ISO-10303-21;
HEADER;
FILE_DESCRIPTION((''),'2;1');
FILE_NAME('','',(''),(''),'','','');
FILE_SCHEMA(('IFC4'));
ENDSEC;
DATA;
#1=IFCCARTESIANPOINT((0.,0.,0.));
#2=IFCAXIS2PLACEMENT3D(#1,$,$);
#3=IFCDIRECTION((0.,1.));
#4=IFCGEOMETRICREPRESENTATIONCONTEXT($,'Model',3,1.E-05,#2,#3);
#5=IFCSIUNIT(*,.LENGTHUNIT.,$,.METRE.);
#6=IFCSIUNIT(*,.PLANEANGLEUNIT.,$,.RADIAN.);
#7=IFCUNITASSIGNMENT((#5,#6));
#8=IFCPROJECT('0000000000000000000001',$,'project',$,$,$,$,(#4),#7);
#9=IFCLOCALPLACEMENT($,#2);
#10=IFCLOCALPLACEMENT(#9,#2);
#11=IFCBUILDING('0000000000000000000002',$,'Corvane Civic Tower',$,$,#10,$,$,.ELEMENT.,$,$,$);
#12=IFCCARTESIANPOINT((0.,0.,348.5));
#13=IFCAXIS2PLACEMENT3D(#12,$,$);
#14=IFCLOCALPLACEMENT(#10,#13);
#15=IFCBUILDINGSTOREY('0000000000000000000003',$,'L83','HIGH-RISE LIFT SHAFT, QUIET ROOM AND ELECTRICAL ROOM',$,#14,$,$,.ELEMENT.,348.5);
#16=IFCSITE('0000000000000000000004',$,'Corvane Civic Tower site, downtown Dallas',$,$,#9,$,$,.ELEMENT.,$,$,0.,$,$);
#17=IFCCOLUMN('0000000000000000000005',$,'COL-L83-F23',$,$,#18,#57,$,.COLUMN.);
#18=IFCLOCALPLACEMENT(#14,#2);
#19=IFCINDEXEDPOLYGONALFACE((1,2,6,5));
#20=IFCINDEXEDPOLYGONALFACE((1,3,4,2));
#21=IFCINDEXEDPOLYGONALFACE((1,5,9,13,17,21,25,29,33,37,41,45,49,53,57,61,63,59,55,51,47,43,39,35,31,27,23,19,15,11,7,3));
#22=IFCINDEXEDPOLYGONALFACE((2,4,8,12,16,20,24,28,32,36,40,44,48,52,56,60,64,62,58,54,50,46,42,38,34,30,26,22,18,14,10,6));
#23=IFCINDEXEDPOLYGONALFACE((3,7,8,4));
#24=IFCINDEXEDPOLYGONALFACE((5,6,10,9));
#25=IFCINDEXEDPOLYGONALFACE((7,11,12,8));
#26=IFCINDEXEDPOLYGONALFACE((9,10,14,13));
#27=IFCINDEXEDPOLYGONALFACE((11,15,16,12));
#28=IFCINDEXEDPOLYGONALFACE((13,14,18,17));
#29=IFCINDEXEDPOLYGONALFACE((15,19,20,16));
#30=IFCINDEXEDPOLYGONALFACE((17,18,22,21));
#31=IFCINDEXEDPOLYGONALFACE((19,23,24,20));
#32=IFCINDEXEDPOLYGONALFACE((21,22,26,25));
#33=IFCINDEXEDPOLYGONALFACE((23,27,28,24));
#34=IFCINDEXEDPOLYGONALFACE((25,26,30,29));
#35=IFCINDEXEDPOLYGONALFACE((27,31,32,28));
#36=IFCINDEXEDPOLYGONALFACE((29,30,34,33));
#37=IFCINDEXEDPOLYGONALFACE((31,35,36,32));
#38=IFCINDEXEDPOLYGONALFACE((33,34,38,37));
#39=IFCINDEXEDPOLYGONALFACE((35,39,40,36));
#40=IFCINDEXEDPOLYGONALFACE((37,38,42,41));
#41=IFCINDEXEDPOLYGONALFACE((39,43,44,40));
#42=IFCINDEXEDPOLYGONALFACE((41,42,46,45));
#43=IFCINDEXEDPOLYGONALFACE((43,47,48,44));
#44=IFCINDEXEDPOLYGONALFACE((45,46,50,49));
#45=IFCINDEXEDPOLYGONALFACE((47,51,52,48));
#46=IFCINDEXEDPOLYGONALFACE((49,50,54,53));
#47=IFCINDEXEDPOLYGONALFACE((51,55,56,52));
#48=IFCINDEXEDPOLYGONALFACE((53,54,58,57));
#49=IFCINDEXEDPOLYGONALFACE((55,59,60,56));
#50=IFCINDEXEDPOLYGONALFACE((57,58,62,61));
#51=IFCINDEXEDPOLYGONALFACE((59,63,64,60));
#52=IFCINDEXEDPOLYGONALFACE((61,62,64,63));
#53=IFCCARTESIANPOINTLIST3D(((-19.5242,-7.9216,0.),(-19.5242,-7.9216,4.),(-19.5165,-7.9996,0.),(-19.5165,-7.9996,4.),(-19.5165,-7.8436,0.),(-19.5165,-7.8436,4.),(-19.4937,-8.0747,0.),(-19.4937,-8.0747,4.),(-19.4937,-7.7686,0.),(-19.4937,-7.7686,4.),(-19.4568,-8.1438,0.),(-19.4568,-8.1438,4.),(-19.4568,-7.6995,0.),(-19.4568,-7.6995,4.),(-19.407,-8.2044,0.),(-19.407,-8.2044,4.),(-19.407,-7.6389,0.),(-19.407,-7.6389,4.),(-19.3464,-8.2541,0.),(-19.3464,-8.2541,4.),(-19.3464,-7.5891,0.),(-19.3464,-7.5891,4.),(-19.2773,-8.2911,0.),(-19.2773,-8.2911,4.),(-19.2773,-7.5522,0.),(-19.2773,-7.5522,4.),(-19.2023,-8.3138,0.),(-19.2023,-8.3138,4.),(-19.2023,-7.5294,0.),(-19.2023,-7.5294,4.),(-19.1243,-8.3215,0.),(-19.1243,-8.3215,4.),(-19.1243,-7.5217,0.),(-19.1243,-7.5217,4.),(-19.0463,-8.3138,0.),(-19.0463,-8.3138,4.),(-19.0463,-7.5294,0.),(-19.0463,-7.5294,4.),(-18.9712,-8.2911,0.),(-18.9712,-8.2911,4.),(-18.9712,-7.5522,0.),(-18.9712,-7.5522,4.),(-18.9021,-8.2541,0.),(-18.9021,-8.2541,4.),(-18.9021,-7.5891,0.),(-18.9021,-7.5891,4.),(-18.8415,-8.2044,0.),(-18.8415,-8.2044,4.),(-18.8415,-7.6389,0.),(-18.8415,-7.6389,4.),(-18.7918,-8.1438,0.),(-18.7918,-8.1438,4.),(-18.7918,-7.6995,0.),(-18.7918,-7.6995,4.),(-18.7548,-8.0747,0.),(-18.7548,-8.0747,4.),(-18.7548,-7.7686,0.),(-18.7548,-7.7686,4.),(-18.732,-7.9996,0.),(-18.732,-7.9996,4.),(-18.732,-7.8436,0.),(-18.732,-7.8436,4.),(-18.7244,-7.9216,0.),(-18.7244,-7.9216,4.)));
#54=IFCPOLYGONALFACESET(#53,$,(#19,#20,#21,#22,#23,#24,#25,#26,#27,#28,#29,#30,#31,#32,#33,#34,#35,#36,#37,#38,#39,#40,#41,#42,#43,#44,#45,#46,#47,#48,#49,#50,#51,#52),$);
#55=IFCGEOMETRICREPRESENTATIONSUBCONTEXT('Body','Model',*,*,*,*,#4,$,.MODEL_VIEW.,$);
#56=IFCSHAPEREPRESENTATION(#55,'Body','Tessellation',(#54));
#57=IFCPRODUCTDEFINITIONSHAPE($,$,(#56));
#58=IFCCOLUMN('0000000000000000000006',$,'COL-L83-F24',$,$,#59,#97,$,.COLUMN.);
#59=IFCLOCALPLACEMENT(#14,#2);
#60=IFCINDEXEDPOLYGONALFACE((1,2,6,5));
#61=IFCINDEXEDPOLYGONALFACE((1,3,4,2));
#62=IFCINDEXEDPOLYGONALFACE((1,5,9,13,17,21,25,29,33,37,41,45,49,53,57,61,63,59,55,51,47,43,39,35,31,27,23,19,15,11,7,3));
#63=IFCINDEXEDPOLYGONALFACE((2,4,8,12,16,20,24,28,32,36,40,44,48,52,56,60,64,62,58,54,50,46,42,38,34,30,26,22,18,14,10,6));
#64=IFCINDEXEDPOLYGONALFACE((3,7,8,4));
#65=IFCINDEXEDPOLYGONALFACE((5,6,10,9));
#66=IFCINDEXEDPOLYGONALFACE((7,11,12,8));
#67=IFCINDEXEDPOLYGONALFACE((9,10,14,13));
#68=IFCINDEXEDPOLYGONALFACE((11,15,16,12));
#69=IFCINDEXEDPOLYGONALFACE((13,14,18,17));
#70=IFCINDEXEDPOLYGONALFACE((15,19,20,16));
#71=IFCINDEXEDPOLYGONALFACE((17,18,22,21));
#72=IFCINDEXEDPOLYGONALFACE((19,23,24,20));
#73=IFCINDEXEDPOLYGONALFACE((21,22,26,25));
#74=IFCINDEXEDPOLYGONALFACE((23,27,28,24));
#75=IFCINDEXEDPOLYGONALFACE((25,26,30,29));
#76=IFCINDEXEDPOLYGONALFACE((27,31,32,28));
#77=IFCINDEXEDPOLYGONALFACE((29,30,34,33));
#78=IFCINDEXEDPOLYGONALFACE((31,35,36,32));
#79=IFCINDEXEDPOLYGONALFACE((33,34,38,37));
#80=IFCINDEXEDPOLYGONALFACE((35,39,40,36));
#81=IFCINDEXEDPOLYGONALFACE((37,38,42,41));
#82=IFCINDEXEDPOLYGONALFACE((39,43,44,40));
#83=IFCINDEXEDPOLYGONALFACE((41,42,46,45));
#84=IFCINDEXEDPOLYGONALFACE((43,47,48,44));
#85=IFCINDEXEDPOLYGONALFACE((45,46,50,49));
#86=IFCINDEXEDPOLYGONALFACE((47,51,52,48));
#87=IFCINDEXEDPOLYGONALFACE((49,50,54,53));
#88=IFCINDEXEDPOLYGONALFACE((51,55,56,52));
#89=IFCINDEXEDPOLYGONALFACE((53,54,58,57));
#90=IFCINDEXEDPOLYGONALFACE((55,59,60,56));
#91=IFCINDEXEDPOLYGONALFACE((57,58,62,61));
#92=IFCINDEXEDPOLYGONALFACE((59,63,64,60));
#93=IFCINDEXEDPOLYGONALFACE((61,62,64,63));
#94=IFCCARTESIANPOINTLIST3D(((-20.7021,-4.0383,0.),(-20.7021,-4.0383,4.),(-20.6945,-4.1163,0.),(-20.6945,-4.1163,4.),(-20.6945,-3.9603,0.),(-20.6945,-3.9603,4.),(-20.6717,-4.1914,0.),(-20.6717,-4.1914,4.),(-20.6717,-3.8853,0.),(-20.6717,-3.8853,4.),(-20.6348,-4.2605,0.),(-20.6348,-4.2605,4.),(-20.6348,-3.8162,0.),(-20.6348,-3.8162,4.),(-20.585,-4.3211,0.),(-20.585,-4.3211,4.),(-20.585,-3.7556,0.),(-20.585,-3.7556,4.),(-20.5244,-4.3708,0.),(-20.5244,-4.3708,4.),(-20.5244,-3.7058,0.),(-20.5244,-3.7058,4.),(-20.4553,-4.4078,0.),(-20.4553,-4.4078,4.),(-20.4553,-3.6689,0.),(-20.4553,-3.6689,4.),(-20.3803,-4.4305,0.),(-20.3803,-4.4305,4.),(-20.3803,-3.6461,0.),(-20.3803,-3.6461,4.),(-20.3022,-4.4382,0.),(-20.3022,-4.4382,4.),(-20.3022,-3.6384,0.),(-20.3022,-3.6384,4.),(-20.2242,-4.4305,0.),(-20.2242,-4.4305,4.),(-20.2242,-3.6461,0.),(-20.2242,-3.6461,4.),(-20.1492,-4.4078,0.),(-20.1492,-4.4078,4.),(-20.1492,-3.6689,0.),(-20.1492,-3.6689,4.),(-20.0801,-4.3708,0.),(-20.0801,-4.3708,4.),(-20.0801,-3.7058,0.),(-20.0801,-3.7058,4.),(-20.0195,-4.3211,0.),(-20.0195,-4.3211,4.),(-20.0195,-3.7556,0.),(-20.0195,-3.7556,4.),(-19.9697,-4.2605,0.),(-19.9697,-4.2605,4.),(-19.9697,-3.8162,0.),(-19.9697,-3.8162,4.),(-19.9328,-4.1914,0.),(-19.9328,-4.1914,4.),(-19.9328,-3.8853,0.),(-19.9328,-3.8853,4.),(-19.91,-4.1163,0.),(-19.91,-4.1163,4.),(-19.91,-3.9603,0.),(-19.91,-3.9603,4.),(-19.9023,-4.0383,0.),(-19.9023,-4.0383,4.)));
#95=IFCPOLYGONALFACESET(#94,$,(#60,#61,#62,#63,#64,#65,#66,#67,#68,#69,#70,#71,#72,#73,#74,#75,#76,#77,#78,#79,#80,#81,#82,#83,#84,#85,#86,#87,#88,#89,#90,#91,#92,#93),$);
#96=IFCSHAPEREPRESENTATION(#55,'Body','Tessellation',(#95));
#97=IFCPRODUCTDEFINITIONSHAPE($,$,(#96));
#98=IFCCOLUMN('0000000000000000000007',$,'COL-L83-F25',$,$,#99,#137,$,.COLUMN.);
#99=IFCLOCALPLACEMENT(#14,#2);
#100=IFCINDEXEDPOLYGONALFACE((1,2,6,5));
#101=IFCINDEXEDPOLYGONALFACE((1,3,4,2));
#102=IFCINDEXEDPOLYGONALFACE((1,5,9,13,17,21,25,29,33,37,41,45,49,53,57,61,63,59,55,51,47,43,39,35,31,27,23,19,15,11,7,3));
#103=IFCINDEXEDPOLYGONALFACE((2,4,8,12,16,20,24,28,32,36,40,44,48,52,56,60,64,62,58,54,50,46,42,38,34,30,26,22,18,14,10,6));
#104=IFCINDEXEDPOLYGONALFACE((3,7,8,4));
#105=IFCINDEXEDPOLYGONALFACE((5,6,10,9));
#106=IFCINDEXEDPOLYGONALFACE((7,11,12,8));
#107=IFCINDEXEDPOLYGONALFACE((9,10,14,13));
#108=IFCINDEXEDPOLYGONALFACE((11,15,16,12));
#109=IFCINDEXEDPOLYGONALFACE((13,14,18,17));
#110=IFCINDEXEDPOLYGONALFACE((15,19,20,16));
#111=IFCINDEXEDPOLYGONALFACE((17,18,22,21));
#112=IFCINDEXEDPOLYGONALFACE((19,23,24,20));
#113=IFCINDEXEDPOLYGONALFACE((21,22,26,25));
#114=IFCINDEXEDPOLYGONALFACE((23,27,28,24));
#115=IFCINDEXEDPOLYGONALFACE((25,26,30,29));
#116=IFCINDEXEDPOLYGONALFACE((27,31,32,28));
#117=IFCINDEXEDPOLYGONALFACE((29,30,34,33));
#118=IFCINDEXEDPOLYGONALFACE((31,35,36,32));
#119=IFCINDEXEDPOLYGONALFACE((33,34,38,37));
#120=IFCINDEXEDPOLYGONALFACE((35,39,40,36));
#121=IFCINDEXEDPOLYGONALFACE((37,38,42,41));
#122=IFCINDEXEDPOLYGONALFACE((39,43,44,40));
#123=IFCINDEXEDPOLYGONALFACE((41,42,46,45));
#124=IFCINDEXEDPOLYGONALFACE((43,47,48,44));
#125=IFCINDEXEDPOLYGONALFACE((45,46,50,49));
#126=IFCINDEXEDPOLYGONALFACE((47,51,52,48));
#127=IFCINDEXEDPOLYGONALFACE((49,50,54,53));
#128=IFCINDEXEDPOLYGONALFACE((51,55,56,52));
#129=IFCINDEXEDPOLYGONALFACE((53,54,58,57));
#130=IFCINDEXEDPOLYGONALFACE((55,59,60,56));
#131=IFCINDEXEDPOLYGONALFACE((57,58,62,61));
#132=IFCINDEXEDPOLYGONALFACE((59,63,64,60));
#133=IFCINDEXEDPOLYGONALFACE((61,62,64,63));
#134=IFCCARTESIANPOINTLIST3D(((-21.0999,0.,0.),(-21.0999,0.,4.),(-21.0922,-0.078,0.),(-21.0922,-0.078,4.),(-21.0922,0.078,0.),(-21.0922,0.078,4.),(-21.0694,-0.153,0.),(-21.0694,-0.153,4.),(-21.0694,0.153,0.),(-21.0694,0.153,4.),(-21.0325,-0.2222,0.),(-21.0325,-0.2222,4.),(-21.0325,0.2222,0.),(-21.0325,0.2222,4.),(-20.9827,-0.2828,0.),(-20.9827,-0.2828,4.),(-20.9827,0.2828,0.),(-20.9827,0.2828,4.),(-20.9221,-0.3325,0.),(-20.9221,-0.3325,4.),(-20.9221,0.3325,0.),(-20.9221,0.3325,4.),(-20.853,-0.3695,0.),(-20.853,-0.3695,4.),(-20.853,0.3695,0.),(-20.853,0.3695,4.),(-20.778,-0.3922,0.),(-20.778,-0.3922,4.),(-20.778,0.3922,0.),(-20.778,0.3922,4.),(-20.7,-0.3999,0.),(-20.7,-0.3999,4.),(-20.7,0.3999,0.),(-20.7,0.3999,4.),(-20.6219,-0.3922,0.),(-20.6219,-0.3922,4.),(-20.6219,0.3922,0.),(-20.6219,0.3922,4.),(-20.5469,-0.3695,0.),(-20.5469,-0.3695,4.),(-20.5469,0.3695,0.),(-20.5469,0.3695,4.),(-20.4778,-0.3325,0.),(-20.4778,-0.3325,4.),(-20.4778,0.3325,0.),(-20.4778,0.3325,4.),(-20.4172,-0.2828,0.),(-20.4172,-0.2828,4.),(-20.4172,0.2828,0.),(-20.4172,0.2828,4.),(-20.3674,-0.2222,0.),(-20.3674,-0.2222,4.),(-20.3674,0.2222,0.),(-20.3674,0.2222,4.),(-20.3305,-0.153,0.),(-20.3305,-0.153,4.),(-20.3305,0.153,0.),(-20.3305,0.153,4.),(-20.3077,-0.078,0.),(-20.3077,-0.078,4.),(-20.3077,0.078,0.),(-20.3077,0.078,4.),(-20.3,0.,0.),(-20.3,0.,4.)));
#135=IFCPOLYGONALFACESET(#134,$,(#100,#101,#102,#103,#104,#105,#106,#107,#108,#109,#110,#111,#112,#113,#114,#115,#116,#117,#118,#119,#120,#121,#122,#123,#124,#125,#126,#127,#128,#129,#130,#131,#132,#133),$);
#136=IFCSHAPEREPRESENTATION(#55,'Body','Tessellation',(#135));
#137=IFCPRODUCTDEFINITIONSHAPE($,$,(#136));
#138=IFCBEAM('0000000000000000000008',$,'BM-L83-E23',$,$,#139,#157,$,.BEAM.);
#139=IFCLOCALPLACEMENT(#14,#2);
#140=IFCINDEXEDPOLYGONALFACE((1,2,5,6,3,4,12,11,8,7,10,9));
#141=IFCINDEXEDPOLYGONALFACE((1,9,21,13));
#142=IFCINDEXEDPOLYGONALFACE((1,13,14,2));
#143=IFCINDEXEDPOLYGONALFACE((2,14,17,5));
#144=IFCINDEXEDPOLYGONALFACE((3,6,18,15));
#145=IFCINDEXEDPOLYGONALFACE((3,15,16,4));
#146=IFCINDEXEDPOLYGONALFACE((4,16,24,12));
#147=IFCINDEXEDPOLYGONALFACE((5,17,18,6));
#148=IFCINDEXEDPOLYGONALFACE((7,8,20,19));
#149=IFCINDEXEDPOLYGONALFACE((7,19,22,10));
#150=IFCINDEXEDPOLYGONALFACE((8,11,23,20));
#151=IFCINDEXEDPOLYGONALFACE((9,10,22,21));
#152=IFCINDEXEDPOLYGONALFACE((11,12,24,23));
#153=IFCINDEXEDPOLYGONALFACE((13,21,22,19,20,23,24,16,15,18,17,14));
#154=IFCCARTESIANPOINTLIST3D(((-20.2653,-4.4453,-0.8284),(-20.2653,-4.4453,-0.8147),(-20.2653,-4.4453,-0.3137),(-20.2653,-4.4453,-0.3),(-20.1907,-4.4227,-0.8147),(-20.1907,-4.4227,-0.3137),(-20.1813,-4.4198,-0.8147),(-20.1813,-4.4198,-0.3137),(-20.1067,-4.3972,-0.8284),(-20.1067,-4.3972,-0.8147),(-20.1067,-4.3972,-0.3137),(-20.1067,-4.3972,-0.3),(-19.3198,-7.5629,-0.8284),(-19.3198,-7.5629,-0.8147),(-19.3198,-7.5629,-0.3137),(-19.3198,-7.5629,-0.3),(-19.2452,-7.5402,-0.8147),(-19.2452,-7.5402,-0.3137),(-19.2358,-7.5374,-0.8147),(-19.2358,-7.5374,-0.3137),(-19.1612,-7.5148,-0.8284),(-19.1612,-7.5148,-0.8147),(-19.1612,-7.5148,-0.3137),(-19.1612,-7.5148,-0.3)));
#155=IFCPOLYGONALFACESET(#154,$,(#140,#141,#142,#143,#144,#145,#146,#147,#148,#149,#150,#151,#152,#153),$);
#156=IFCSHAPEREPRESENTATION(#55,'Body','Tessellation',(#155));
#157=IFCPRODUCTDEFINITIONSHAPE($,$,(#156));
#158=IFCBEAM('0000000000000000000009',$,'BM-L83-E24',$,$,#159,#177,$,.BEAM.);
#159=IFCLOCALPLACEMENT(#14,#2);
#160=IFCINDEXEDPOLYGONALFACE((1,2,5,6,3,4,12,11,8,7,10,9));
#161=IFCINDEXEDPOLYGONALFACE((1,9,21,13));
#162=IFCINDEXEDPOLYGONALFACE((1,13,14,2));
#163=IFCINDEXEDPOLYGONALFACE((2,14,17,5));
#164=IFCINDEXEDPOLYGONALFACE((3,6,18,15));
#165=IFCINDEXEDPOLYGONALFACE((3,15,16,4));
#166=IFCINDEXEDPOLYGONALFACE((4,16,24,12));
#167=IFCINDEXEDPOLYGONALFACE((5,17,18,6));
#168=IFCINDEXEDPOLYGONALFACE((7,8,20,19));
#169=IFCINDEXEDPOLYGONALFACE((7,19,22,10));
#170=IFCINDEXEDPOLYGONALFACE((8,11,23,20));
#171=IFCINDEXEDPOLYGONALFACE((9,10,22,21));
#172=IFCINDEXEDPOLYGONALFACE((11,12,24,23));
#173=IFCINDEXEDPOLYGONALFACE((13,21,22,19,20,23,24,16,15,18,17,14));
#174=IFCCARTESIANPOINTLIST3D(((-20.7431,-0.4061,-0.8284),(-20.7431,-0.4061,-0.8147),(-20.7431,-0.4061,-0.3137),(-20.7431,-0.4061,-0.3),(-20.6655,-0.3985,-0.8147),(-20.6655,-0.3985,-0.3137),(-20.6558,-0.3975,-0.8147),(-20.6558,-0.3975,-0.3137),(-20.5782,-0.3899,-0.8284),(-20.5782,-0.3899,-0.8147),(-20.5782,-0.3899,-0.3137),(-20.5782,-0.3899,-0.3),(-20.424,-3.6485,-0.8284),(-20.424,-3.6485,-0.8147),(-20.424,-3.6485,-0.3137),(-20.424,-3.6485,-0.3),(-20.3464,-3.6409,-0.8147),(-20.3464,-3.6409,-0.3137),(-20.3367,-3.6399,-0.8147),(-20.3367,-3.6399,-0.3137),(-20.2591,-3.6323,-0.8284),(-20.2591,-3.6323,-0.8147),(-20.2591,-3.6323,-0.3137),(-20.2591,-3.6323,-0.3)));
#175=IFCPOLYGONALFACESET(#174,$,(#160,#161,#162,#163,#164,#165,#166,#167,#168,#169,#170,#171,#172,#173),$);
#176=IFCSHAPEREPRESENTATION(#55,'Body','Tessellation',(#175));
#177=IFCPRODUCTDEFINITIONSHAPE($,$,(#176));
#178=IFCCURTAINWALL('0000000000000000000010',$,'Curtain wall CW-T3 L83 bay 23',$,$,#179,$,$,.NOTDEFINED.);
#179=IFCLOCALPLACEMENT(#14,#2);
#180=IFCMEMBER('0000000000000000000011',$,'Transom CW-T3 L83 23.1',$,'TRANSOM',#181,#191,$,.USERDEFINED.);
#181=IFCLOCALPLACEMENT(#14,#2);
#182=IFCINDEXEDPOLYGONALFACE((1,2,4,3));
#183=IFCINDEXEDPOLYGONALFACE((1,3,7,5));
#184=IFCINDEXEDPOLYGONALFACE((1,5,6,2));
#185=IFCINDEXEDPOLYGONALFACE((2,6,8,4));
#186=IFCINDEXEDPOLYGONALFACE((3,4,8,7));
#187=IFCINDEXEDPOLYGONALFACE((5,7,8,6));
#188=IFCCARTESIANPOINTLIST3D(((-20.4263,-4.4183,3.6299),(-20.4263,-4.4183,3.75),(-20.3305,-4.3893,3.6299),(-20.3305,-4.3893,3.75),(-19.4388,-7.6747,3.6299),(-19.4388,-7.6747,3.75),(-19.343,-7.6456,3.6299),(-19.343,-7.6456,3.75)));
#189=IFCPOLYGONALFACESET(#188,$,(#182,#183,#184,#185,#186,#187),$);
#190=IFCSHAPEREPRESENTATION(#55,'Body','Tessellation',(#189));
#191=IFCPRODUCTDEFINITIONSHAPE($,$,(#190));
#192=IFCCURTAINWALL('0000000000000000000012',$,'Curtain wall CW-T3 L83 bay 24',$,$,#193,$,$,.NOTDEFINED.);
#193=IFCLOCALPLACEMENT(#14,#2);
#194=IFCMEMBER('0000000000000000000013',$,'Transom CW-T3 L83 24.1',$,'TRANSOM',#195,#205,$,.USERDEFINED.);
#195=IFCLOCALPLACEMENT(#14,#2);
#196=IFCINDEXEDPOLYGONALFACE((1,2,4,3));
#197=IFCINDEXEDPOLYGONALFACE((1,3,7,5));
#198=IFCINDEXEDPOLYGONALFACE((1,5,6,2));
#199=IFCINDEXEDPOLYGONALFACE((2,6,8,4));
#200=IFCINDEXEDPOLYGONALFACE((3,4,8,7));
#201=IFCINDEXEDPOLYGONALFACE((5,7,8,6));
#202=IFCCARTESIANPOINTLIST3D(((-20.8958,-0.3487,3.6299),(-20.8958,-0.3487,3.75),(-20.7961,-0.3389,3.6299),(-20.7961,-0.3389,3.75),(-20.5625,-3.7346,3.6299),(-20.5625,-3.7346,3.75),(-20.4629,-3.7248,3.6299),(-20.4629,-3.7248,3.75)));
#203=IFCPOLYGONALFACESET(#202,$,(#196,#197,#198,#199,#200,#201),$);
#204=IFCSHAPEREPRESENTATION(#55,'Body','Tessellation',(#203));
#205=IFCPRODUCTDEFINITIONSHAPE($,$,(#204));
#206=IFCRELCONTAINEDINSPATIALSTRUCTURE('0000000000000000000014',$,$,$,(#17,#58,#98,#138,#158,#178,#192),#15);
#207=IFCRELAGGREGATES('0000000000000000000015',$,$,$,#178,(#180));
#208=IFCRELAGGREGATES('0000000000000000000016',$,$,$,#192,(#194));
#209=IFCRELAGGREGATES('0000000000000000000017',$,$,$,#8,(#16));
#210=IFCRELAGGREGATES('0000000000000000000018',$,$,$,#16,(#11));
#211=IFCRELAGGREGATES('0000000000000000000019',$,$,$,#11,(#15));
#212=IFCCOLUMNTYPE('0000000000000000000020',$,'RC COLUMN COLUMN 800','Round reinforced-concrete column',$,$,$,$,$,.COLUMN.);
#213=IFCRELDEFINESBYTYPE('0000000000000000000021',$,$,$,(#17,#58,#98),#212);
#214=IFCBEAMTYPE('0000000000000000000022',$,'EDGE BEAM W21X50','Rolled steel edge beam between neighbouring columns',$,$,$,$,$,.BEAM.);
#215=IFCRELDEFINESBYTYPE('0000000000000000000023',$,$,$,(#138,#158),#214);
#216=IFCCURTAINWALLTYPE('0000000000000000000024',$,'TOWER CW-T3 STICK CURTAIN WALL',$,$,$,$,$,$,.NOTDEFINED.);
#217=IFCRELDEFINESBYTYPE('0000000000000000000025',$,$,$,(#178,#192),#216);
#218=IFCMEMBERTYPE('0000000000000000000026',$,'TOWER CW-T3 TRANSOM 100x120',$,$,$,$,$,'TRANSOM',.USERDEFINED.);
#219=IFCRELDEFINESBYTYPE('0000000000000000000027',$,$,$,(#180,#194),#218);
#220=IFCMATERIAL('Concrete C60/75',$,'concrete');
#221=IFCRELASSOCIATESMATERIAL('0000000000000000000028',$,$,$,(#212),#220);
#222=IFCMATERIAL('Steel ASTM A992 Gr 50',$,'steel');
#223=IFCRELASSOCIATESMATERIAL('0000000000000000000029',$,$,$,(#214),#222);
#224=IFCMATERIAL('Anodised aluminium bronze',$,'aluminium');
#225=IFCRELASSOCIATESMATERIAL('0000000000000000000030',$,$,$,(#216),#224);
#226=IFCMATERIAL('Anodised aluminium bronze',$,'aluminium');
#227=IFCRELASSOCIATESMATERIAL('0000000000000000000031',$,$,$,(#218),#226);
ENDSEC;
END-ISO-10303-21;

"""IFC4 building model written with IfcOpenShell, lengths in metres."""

from ifc_helpers import new_model, si_unit, direction, frame, origin, origin_2d, place, context, subcontext, project, spatial, rectangle, circle, i_section, extrude, material, material_profile, profile_set, type_object, element, aggregate, save


model = new_model("IFC4")

# Units and contexts
model_context = context("Model", 3, precision=1e-05, world=origin(), true_north=direction((0.0, 1.0)))
body_context = subcontext(model_context, "Body", "Model", "MODEL_VIEW")
ifc_project = project(units=[si_unit("LENGTHUNIT", "METRE"), si_unit("PLANEANGLEUNIT", "RADIAN")], contexts=[model_context])

# Site, building, storey
site_placement = place(None, origin())
site = spatial("IfcSite", under=ifc_project, at=site_placement, Name="Corvane Civic Tower site, downtown Dallas", CompositionType="ELEMENT", RefElevation=0.0)
building_placement = place(site_placement, origin())
building = spatial("IfcBuilding", under=site, at=building_placement, Name="Corvane Civic Tower", CompositionType="ELEMENT")
storey_placement = place(building_placement, frame((0.0, 0.0, 348.5)))
storey = spatial("IfcBuildingStorey", under=building, at=storey_placement, Name="L83", Description="HIGH-RISE LIFT SHAFT, QUIET ROOM AND ELECTRICAL ROOM", CompositionType="ELEMENT", Elevation=348.5)

# Columns
ifc_material_1 = material(Name="Concrete C60/75", Category="concrete")
ifc_material_profile_1 = material_profile(ifc_material_1, circle(Radius=0.3999, at=origin_2d()), Name="COLUMN 800")
ifc_profile_set_1 = profile_set([ifc_material_profile_1], Name="Concrete C60/75")
column_type = type_object("IfcColumnType", Name="RC COLUMN COLUMN 800", Description="Round reinforced-concrete column", PredefinedType="COLUMN", material=ifc_profile_set_1)
for number, where, z_axis, x_axis, name in (
    (1, (-19.1243, -7.9216, 0.0), (0.0, 0.0, 1.0), (1.0, 0.0, 0.0), "COL-L83-F23"),
    (2, (-20.3022, -4.0383, 0.0), (0.0, 0.0, 1.0), (1.0, 0.0, 0.0), "COL-L83-F24"),
    (3, (-20.7, 0.0, 0.0), (0.0, 0.0, 1.0), (1.0, 0.0, 0.0), "COL-L83-F25"),
):
    element("IfcColumn", number, at=place(storey_placement, frame(where, z_axis=z_axis, x_axis=x_axis)), inside=storey, type_object=column_type, Name=name, PredefinedType="COLUMN", context=body_context, shape_type="SweptSolid", body=[
        extrude(circle(Radius=0.3999, at=origin_2d()), origin(), (0.0, 0.0, 1.0), 4.0),
    ])

# Beams
ifc_material_2 = material(Name="Steel ASTM A992 Gr 50", Category="steel")
ifc_material_profile_2 = material_profile(ifc_material_2, i_section(OverallWidth=0.1658, OverallDepth=0.5283, WebThickness=0.0098, FlangeThickness=0.0137, at=origin_2d()), Name="W21X50")
ifc_profile_set_2 = profile_set([ifc_material_profile_2], Name="Steel ASTM A992 Gr 50")
beam_type = type_object("IfcBeamType", Name="EDGE BEAM W21X50", Description="Rolled steel edge beam between neighbouring columns", PredefinedType="BEAM", material=ifc_profile_set_2)
beam_1_placement = place(storey_placement, frame((-19.2405, -7.5388, -0.5642), z_axis=(-0.290234, 0.956956, 0.0), x_axis=(-0.956956, -0.290234, 0.0)))
element("IfcBeam", 4, at=beam_1_placement, inside=storey, type_object=beam_type, Name="BM-L83-E23", PredefinedType="BEAM", context=body_context, shape_type="SweptSolid", body=[
    extrude(i_section(OverallWidth=0.1658, OverallDepth=0.5283, WebThickness=0.0098, FlangeThickness=0.0137, at=origin_2d()), origin(), (0.0, 0.0, 1.0), 3.2578),
])
beam_2_placement = place(storey_placement, frame((-20.3416, -3.6404, -0.5642), z_axis=(-0.097938, 0.995193, 0.0), x_axis=(-0.995193, -0.097938, 0.0)))
element("IfcBeam", 5, at=beam_2_placement, inside=storey, type_object=beam_type, Name="BM-L83-E24", PredefinedType="BEAM", context=body_context, shape_type="SweptSolid", body=[
    extrude(i_section(OverallWidth=0.1658, OverallDepth=0.5283, WebThickness=0.0098, FlangeThickness=0.0137, at=origin_2d()), origin(), (0.0, 0.0, 1.0), 3.2581),
])

# Curtain walls, members
ifc_material_3 = material(Name="Anodised aluminium bronze", Category="aluminium")
curtain_wall_type = type_object("IfcCurtainWallType", Name="TOWER CW-T3 STICK CURTAIN WALL", PredefinedType="NOTDEFINED", material=ifc_material_3)
curtain_wall_1_placement = place(storey_placement, origin())
curtain_wall_1 = element("IfcCurtainWall", 6, at=curtain_wall_1_placement, inside=storey, type_object=curtain_wall_type, Name="Curtain wall CW-T3 L83 bay 23", PredefinedType="NOTDEFINED")
ifc_material_4 = material(Name="Anodised aluminium bronze", Category="aluminium")
ifc_material_profile_3 = material_profile(ifc_material_4, rectangle(XDim=0.1001, YDim=0.1201, at=origin_2d()), Name="TOWER CW-T3 TRANSOM 100x120")
ifc_profile_set_3 = profile_set([ifc_material_profile_3], Name="Anodised aluminium bronze")
member_type = type_object("IfcMemberType", Name="TOWER CW-T3 TRANSOM 100x120", ElementType="TRANSOM", PredefinedType="USERDEFINED", material=ifc_profile_set_3)
member_1_placement = place(storey_placement, frame((-19.3909, -7.6602, 3.6899), z_axis=(-0.290216, 0.956961, 0.0), x_axis=(-0.956961, -0.290216, 0.0)))
member_1 = element("IfcMember", 7, at=member_1_placement, type_object=member_type, Name="Transom CW-T3 L83 23.1", ObjectType="TRANSOM", PredefinedType="USERDEFINED", context=body_context, shape_type="SweptSolid", body=[
    extrude(rectangle(XDim=0.1001, YDim=0.1201, at=origin_2d()), origin(), (0.0, 0.0, 1.0), 3.4028),
])
curtain_wall_2_placement = place(storey_placement, origin())
curtain_wall_2 = element("IfcCurtainWall", 8, at=curtain_wall_2_placement, inside=storey, type_object=curtain_wall_type, Name="Curtain wall CW-T3 L83 bay 24", PredefinedType="NOTDEFINED")
member_2_placement = place(storey_placement, frame((-20.5127, -3.7297, 3.6899), z_axis=(-0.097948, 0.995192, 0.0), x_axis=(-0.995192, -0.097948, 0.0)))
member_2 = element("IfcMember", 9, at=member_2_placement, type_object=member_type, Name="Transom CW-T3 L83 24.1", ObjectType="TRANSOM", PredefinedType="USERDEFINED", context=body_context, shape_type="SweptSolid", body=[
    extrude(rectangle(XDim=0.1001, YDim=0.1201, at=origin_2d()), origin(), (0.0, 0.0, 1.0), 3.4023),
])

aggregate(curtain_wall_1, [member_1])
aggregate(curtain_wall_2, [member_2])

save(model, "model.ifc")
